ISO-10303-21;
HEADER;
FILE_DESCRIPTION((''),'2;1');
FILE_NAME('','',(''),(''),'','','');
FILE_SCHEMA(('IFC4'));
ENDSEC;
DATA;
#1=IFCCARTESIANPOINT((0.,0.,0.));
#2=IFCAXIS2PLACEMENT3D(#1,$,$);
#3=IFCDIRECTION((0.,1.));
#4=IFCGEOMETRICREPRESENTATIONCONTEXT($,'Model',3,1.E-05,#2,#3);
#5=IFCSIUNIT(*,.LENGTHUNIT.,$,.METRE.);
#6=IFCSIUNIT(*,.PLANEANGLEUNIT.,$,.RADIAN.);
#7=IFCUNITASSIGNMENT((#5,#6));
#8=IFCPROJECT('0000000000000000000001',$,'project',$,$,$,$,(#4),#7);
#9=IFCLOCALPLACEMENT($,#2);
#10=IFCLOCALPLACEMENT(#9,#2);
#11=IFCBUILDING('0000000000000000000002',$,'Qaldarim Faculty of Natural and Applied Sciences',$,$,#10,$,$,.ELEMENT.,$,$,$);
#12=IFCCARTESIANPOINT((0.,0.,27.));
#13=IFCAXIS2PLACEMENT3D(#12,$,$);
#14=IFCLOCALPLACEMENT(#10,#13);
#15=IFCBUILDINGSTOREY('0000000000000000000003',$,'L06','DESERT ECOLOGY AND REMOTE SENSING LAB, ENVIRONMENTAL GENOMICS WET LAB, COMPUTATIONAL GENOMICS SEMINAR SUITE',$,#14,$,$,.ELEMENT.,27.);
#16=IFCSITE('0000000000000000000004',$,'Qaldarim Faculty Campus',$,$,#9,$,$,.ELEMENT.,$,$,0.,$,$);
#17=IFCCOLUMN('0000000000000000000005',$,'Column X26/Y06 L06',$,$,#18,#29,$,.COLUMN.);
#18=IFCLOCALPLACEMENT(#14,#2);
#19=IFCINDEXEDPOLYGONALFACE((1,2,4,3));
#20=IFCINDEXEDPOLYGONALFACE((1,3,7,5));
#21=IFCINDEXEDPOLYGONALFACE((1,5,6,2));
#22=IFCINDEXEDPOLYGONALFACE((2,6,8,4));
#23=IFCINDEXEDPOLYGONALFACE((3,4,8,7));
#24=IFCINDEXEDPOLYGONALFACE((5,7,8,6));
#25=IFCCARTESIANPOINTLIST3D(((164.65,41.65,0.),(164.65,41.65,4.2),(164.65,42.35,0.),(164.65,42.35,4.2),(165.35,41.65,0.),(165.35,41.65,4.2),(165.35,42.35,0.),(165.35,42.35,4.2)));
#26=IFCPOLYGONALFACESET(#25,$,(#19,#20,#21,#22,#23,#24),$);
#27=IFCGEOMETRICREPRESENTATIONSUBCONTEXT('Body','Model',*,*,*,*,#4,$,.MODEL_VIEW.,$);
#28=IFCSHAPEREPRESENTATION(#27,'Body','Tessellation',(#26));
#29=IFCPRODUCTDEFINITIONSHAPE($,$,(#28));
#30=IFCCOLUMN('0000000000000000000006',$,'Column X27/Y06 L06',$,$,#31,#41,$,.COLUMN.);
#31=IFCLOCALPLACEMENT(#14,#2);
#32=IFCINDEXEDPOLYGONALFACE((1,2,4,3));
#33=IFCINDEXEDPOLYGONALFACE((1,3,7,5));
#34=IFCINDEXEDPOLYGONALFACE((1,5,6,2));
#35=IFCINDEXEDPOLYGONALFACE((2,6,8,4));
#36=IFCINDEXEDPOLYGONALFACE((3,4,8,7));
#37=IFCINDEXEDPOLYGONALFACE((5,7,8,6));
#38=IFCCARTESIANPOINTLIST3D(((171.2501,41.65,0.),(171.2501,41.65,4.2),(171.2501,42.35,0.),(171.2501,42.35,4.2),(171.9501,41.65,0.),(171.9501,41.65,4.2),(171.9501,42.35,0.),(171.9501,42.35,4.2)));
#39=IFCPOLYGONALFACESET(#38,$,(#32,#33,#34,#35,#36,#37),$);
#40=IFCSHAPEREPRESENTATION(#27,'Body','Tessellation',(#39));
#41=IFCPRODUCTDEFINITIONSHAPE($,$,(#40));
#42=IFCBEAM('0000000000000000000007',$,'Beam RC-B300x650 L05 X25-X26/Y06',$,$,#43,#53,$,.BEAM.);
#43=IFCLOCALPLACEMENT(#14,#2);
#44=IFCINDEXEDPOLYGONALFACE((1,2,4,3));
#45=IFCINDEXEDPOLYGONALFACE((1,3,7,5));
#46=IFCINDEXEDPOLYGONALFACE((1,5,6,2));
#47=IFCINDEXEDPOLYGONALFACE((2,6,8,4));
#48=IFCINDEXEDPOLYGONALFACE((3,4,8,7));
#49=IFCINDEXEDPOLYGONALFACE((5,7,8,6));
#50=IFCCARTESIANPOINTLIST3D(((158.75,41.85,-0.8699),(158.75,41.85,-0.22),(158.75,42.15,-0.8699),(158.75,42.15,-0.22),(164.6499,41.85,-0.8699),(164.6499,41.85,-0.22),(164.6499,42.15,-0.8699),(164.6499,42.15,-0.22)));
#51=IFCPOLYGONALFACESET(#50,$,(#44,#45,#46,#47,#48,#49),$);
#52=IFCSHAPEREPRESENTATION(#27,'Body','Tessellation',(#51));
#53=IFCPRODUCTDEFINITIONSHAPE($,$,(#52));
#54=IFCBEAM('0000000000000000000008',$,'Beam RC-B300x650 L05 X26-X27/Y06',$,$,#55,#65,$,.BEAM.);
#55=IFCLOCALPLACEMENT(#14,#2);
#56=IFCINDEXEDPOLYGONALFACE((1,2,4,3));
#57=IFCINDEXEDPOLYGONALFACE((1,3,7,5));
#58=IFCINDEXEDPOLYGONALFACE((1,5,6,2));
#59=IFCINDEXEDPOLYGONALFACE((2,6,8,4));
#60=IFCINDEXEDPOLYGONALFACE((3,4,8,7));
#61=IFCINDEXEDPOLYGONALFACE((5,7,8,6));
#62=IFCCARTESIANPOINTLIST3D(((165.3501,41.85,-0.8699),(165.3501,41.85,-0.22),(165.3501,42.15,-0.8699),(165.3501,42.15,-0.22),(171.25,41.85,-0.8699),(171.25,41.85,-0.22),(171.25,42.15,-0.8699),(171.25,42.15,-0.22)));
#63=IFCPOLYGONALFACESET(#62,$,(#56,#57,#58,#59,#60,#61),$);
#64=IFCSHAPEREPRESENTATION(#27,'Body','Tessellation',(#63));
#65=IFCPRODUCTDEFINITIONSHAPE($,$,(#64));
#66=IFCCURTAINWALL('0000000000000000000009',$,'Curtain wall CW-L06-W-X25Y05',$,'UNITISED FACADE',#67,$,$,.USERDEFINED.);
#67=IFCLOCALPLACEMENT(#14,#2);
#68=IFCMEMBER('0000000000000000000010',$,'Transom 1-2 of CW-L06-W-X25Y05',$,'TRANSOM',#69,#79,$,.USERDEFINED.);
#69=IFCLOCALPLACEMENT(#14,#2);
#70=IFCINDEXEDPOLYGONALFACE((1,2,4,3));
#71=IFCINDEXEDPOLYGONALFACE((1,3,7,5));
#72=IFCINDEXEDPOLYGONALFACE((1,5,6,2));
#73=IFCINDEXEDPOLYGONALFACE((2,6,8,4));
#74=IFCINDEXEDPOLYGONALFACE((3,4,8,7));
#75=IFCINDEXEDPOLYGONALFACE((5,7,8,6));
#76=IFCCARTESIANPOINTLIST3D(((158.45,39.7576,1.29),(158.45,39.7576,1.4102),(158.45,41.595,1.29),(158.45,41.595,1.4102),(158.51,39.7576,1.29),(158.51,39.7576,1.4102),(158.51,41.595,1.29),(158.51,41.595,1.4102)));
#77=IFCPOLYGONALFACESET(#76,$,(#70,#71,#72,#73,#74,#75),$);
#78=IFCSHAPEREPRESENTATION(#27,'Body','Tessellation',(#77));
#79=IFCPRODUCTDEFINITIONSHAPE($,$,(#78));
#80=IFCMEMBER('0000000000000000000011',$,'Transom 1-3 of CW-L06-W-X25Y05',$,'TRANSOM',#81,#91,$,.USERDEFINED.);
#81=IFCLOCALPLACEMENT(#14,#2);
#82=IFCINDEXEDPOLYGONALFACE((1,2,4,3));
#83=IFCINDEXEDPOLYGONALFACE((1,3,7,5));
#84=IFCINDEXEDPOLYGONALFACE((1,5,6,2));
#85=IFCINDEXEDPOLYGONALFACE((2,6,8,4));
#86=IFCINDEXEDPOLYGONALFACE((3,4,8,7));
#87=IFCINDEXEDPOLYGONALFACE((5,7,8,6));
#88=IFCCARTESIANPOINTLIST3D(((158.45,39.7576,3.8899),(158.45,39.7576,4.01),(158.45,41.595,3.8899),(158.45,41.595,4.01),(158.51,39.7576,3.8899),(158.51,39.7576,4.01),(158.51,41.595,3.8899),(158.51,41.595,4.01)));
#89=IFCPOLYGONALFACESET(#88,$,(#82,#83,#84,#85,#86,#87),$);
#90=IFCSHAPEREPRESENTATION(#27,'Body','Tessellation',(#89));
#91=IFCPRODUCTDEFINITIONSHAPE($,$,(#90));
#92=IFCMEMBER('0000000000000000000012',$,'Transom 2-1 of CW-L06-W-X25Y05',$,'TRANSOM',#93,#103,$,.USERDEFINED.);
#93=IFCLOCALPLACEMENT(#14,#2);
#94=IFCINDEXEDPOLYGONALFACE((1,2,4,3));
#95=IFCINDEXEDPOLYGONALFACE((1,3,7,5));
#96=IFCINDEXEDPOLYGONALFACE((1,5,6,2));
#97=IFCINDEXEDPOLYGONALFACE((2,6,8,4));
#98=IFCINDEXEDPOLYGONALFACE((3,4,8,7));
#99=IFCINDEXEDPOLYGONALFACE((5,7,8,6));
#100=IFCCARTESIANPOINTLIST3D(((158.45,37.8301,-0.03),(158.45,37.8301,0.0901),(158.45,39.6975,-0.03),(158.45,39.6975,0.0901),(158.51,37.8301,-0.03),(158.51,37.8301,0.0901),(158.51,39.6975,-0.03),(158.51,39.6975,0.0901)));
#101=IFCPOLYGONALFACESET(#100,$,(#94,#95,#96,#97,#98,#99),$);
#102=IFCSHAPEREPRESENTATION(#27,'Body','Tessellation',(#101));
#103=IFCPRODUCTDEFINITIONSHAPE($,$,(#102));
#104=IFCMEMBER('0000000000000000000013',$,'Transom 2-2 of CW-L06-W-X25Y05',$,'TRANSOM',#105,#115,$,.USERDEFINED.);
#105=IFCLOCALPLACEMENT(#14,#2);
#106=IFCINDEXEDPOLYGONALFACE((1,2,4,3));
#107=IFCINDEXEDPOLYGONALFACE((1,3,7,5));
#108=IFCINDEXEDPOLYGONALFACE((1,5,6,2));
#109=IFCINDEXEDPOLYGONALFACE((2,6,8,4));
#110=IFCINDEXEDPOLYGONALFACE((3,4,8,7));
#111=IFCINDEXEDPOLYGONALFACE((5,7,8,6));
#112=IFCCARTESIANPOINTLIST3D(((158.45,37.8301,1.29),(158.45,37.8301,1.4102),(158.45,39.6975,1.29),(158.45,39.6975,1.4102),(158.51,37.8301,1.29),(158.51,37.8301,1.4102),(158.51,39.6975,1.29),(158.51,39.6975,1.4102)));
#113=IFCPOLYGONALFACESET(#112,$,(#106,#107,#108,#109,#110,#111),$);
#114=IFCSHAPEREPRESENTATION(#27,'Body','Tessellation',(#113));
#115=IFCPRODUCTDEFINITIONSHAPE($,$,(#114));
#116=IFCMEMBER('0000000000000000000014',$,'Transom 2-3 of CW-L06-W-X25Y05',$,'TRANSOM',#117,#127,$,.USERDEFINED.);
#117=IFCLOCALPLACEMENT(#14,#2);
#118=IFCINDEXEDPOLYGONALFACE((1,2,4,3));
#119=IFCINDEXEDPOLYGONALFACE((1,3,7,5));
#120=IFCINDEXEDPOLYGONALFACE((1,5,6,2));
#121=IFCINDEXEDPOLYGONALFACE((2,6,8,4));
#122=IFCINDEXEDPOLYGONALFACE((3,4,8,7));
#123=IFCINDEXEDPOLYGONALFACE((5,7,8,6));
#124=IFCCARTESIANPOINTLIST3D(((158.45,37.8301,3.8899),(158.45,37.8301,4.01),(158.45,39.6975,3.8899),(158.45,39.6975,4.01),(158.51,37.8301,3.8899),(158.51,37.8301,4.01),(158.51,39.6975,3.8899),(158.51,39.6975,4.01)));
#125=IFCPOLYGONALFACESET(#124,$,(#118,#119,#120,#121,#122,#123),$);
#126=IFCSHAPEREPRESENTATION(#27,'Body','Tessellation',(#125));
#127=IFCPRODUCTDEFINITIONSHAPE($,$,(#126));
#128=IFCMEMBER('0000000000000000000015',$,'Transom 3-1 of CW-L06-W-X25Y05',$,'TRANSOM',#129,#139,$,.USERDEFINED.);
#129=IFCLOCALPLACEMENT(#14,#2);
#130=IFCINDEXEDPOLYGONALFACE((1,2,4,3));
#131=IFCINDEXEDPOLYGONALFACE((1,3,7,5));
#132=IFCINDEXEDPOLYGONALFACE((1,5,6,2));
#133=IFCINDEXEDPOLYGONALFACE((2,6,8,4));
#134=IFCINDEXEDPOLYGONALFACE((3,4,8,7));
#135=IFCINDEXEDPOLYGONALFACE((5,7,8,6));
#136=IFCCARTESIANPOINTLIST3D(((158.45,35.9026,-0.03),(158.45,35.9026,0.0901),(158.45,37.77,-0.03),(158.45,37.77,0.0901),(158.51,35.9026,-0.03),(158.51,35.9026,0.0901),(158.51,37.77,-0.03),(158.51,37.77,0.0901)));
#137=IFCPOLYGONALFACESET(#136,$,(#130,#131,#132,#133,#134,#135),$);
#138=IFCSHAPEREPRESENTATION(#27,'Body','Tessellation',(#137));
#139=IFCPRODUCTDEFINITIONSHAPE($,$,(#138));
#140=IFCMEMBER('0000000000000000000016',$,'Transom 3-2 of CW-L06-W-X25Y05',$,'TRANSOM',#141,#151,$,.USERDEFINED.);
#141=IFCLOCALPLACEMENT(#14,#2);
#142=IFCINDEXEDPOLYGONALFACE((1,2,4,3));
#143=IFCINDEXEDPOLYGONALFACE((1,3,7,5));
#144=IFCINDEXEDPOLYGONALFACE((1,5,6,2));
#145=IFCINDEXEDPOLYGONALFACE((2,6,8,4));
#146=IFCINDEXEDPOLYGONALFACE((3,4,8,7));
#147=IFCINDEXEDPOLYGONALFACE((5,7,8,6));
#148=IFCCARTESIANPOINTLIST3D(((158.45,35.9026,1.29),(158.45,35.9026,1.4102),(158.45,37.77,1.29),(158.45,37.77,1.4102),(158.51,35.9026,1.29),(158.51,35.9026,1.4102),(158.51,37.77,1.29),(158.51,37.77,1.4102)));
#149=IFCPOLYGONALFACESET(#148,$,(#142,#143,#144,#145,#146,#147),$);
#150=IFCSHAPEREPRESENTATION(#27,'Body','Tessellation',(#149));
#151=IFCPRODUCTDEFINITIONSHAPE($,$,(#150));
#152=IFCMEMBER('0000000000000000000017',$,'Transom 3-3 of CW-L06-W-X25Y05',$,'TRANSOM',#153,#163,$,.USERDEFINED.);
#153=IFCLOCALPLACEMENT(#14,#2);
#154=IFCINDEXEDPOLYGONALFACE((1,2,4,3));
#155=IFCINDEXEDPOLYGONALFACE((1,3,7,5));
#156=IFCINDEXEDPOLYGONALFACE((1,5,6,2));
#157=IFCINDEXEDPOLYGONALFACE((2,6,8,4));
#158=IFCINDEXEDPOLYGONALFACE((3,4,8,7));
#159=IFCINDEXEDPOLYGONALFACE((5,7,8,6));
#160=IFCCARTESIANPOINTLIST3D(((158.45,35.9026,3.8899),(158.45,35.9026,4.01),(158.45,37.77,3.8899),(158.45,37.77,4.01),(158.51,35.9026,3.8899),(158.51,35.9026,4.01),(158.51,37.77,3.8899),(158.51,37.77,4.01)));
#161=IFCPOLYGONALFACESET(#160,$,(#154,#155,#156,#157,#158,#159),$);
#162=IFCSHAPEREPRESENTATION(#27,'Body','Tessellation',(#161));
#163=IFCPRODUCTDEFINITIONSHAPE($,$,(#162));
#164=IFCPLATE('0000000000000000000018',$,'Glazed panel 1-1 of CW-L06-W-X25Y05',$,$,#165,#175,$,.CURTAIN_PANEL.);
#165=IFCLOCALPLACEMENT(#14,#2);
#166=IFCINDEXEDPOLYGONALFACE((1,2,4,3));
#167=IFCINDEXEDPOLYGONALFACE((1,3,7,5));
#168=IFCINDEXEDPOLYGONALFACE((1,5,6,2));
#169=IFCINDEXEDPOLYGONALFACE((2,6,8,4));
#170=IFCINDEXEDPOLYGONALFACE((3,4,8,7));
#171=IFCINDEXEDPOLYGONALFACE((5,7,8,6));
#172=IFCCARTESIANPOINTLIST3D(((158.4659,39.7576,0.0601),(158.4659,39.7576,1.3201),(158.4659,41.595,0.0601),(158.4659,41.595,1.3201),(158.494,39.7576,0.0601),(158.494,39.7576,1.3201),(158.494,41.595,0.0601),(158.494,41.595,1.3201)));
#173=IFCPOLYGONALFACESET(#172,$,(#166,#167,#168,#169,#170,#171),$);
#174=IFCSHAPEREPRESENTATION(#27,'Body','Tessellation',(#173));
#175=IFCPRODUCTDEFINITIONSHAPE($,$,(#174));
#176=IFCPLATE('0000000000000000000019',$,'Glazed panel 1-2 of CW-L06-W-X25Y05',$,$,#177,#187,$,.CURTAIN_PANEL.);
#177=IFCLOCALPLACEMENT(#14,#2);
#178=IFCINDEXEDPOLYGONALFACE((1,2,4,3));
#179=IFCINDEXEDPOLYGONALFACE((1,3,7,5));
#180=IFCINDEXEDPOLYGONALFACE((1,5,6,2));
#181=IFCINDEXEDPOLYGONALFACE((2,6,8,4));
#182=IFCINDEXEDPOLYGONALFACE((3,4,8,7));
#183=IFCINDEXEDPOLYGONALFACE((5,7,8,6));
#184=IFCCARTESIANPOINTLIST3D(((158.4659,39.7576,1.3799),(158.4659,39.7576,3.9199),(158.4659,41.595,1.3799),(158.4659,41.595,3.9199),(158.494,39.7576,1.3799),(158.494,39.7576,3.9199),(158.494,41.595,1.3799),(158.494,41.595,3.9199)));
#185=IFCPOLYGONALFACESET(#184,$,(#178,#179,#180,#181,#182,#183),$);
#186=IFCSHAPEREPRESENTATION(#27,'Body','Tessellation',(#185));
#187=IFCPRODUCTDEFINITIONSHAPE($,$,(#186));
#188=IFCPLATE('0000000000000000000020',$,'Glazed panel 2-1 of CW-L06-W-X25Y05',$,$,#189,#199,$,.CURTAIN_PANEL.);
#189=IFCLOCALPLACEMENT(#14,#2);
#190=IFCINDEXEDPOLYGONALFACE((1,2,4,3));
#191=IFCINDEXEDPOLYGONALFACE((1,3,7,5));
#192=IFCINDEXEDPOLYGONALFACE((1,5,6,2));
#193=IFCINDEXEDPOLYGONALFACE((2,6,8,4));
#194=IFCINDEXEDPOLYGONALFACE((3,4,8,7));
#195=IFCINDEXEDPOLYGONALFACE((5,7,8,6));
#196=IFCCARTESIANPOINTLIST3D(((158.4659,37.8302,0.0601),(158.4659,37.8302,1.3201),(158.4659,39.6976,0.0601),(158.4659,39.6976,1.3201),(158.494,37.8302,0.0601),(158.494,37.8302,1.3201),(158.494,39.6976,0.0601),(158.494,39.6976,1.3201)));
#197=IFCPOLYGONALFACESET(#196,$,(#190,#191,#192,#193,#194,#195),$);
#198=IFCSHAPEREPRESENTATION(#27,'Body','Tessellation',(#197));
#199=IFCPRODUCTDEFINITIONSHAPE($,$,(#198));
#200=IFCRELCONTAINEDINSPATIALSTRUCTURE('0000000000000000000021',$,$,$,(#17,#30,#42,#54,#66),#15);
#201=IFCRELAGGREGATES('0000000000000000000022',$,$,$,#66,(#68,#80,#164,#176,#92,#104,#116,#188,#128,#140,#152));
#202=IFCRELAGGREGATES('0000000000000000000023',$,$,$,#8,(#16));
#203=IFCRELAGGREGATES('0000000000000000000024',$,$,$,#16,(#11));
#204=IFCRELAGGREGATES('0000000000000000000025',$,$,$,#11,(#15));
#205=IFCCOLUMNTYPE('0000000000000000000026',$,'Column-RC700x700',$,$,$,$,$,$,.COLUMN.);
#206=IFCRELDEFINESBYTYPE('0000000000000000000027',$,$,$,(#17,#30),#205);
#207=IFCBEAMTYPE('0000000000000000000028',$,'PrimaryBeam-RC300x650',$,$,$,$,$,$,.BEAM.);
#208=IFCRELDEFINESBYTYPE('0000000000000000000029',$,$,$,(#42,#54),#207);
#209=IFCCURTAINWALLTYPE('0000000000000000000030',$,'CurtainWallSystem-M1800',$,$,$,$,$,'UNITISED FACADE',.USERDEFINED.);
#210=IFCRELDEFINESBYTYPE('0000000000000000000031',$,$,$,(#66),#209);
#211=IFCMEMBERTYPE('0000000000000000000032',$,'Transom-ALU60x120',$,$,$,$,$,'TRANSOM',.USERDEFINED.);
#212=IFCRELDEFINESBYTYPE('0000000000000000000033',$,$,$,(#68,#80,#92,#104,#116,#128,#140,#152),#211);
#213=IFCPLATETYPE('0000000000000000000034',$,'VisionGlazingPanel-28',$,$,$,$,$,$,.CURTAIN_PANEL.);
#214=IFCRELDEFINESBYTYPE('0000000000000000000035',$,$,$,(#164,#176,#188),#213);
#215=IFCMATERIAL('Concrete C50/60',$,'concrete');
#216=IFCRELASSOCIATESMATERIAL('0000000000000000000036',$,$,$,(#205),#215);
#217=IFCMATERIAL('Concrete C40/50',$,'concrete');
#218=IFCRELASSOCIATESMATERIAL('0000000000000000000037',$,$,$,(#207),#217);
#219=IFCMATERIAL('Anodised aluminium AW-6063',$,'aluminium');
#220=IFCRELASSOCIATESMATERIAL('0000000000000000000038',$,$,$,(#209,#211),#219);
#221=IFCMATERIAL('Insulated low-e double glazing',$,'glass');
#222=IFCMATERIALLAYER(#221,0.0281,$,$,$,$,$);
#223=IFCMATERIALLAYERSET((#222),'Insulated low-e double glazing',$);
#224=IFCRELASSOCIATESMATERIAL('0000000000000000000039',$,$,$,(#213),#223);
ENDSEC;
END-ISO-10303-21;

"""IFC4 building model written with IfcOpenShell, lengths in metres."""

from ifc_helpers import new_model, si_unit, direction, frame, origin, origin_2d, place, context, subcontext, project, spatial, rectangle, extrude, material, layer, layer_set, material_profile, profile_set, type_object, element, aggregate, save


model = new_model("IFC4")

# Units and contexts
model_context = context("Model", 3, precision=1e-05, world=origin(), true_north=direction((0.0, 1.0)))
body_context = subcontext(model_context, "Body", "Model", "MODEL_VIEW")
ifc_project = project(units=[si_unit("LENGTHUNIT", "METRE"), si_unit("PLANEANGLEUNIT", "RADIAN")], contexts=[model_context])

# Site, building, storey
site_placement = place(None, origin())
site = spatial("IfcSite", under=ifc_project, at=site_placement, Name="Qaldarim Faculty Campus", CompositionType="ELEMENT", RefElevation=0.0)
building_placement = place(site_placement, origin())
building = spatial("IfcBuilding", under=site, at=building_placement, Name="Qaldarim Faculty of Natural and Applied Sciences", CompositionType="ELEMENT")
storey_placement = place(building_placement, frame((0.0, 0.0, 27.0)))
storey = spatial("IfcBuildingStorey", under=building, at=storey_placement, Name="L06", Description="DESERT ECOLOGY AND REMOTE SENSING LAB, ENVIRONMENTAL GENOMICS WET LAB, COMPUTATIONAL GENOMICS SEMINAR SUITE", CompositionType="ELEMENT", Elevation=27.0)

# Columns
ifc_material_1 = material(Name="Concrete C50/60", Category="concrete")
ifc_material_profile_1 = material_profile(ifc_material_1, rectangle(XDim=0.7, YDim=0.7, at=origin_2d()), Name="RC-C700x700")
ifc_profile_set_1 = profile_set([ifc_material_profile_1], Name="Concrete C50/60")
column_type = type_object("IfcColumnType", Name="Column-RC700x700", PredefinedType="COLUMN", material=ifc_profile_set_1)
for number, where, z_axis, x_axis, name in (
    (1, (165.0, 42.0, 0.0), (0.0, 0.0, 1.0), (1.0, 0.0, 0.0), "Column X26/Y06 L06"),
    (2, (171.6001, 42.0, 0.0), (0.0, 0.0, 1.0), (1.0, 0.0, 0.0), "Column X27/Y06 L06"),
):
    element("IfcColumn", number, at=place(storey_placement, frame(where, z_axis=z_axis, x_axis=x_axis)), inside=storey, type_object=column_type, Name=name, PredefinedType="COLUMN", context=body_context, shape_type="SweptSolid", body=[
        extrude(rectangle(XDim=0.7, YDim=0.7, at=origin_2d()), origin(), (0.0, 0.0, 1.0), 4.2),
    ])

# Beams
ifc_material_2 = material(Name="Concrete C40/50", Category="concrete")
ifc_material_profile_2 = material_profile(ifc_material_2, rectangle(XDim=0.3, YDim=0.6499, at=origin_2d()), Name="RC-B300x650")
ifc_profile_set_2 = profile_set([ifc_material_profile_2], Name="Concrete C40/50")
beam_type = type_object("IfcBeamType", Name="PrimaryBeam-RC300x650", PredefinedType="BEAM", material=ifc_profile_set_2)
for number, where, z_axis, x_axis, name in (
    (3, (158.75, 42.0, -0.5449), (1.0, 0.0, 0.0), (0.0, 1.0, 0.0), "Beam RC-B300x650 L05 X25-X26/Y06"),
    (4, (165.3501, 42.0, -0.5449), (1.0, 0.0, 0.0), (0.0, 1.0, 0.0), "Beam RC-B300x650 L05 X26-X27/Y06"),
):
    element("IfcBeam", number, at=place(storey_placement, frame(where, z_axis=z_axis, x_axis=x_axis)), inside=storey, type_object=beam_type, Name=name, PredefinedType="BEAM", context=body_context, shape_type="SweptSolid", body=[
        extrude(rectangle(XDim=0.3, YDim=0.6499, at=origin_2d()), origin(), (0.0, 0.0, 1.0), 5.8999),
    ])

# Curtain wall, members, plates
ifc_material_3 = material(Name="Anodised aluminium AW-6063", Category="aluminium")
curtain_wall_type = type_object("IfcCurtainWallType", Name="CurtainWallSystem-M1800", ElementType="UNITISED FACADE", PredefinedType="USERDEFINED", material=ifc_material_3)
curtain_wall_placement = place(storey_placement, origin())
curtain_wall = element("IfcCurtainWall", 5, at=curtain_wall_placement, inside=storey, type_object=curtain_wall_type, Name="Curtain wall CW-L06-W-X25Y05", ObjectType="UNITISED FACADE", PredefinedType="USERDEFINED")
ifc_material_profile_3 = material_profile(ifc_material_3, rectangle(XDim=0.0601, YDim=0.1201, at=origin_2d()), Name="ALU-T60x120")
ifc_profile_set_3 = profile_set([ifc_material_profile_3], Name="Anodised aluminium AW-6063")
member_type = type_object("IfcMemberType", Name="Transom-ALU60x120", ElementType="TRANSOM", PredefinedType="USERDEFINED", material=ifc_profile_set_3)
member_1_placement = place(storey_placement, frame((158.48, 41.595, 1.3501), z_axis=(0.0, -1.0, 0.0), x_axis=(1.0, 0.0, 0.0)))
member_1 = element("IfcMember", 6, at=member_1_placement, type_object=member_type, Name="Transom 1-2 of CW-L06-W-X25Y05", ObjectType="TRANSOM", PredefinedType="USERDEFINED", context=body_context, shape_type="SweptSolid", body=[
    extrude(rectangle(XDim=0.0601, YDim=0.1201, at=origin_2d()), origin(), (0.0, 0.0, 1.0), 1.8374),
])
member_2_placement = place(storey_placement, frame((158.48, 41.595, 3.95), z_axis=(0.0, -1.0, 0.0), x_axis=(1.0, 0.0, 0.0)))
member_2 = element("IfcMember", 7, at=member_2_placement, type_object=member_type, Name="Transom 1-3 of CW-L06-W-X25Y05", ObjectType="TRANSOM", PredefinedType="USERDEFINED", context=body_context, shape_type="SweptSolid", body=[
    extrude(rectangle(XDim=0.0601, YDim=0.1201, at=origin_2d()), origin(), (0.0, 0.0, 1.0), 1.8374),
])
member_3_placement = place(storey_placement, frame((158.48, 39.6975, 0.03), z_axis=(0.0, -1.0, 0.0), x_axis=(1.0, 0.0, 0.0)))
member_3 = element("IfcMember", 8, at=member_3_placement, type_object=member_type, Name="Transom 2-1 of CW-L06-W-X25Y05", ObjectType="TRANSOM", PredefinedType="USERDEFINED", context=body_context, shape_type="SweptSolid", body=[
    extrude(rectangle(XDim=0.0601, YDim=0.1201, at=origin_2d()), origin(), (0.0, 0.0, 1.0), 1.8674),
])
member_4_placement = place(storey_placement, frame((158.48, 39.6975, 1.3501), z_axis=(0.0, -1.0, 0.0), x_axis=(1.0, 0.0, 0.0)))
member_4 = element("IfcMember", 9, at=member_4_placement, type_object=member_type, Name="Transom 2-2 of CW-L06-W-X25Y05", ObjectType="TRANSOM", PredefinedType="USERDEFINED", context=body_context, shape_type="SweptSolid", body=[
    extrude(rectangle(XDim=0.0601, YDim=0.1201, at=origin_2d()), origin(), (0.0, 0.0, 1.0), 1.8674),
])
member_5_placement = place(storey_placement, frame((158.48, 39.6975, 3.95), z_axis=(0.0, -1.0, 0.0), x_axis=(1.0, 0.0, 0.0)))
member_5 = element("IfcMember", 10, at=member_5_placement, type_object=member_type, Name="Transom 2-3 of CW-L06-W-X25Y05", ObjectType="TRANSOM", PredefinedType="USERDEFINED", context=body_context, shape_type="SweptSolid", body=[
    extrude(rectangle(XDim=0.0601, YDim=0.1201, at=origin_2d()), origin(), (0.0, 0.0, 1.0), 1.8674),
])
member_6_placement = place(storey_placement, frame((158.48, 37.77, 0.03), z_axis=(0.0, -1.0, 0.0), x_axis=(1.0, 0.0, 0.0)))
member_6 = element("IfcMember", 11, at=member_6_placement, type_object=member_type, Name="Transom 3-1 of CW-L06-W-X25Y05", ObjectType="TRANSOM", PredefinedType="USERDEFINED", context=body_context, shape_type="SweptSolid", body=[
    extrude(rectangle(XDim=0.0601, YDim=0.1201, at=origin_2d()), origin(), (0.0, 0.0, 1.0), 1.8674),
])
member_7_placement = place(storey_placement, frame((158.48, 37.77, 1.3501), z_axis=(0.0, -1.0, 0.0), x_axis=(1.0, 0.0, 0.0)))
member_7 = element("IfcMember", 12, at=member_7_placement, type_object=member_type, Name="Transom 3-2 of CW-L06-W-X25Y05", ObjectType="TRANSOM", PredefinedType="USERDEFINED", context=body_context, shape_type="SweptSolid", body=[
    extrude(rectangle(XDim=0.0601, YDim=0.1201, at=origin_2d()), origin(), (0.0, 0.0, 1.0), 1.8674),
])
member_8_placement = place(storey_placement, frame((158.48, 37.77, 3.95), z_axis=(0.0, -1.0, 0.0), x_axis=(1.0, 0.0, 0.0)))
member_8 = element("IfcMember", 13, at=member_8_placement, type_object=member_type, Name="Transom 3-3 of CW-L06-W-X25Y05", ObjectType="TRANSOM", PredefinedType="USERDEFINED", context=body_context, shape_type="SweptSolid", body=[
    extrude(rectangle(XDim=0.0601, YDim=0.1201, at=origin_2d()), origin(), (0.0, 0.0, 1.0), 1.8674),
])
ifc_material_4 = material(Name="Insulated low-e double glazing", Category="glass")
ifc_layer_1 = layer(ifc_material_4, 0.0281)
ifc_layer_set_1 = layer_set([ifc_layer_1], Name="Insulated low-e double glazing")
plate_type = type_object("IfcPlateType", Name="VisionGlazingPanel-28", PredefinedType="CURTAIN_PANEL", material=ifc_layer_set_1)
plate_1_placement = place(storey_placement, frame((158.48, 40.6763, 0.0601), z_axis=(0.0, 0.0, 1.0), x_axis=(0.0, -1.0, 0.0)))
plate_1 = element("IfcPlate", 14, at=plate_1_placement, type_object=plate_type, Name="Glazed panel 1-1 of CW-L06-W-X25Y05", PredefinedType="CURTAIN_PANEL", context=body_context, shape_type="SweptSolid", body=[
    extrude(rectangle(XDim=1.8374, YDim=0.0281, at=origin_2d()), origin(), (0.0, 0.0, 1.0), 1.26),
])
plate_2_placement = place(storey_placement, frame((158.48, 40.6763, 1.3799), z_axis=(0.0, 0.0, 1.0), x_axis=(0.0, -1.0, 0.0)))
plate_2 = element("IfcPlate", 15, at=plate_2_placement, type_object=plate_type, Name="Glazed panel 1-2 of CW-L06-W-X25Y05", PredefinedType="CURTAIN_PANEL", context=body_context, shape_type="SweptSolid", body=[
    extrude(rectangle(XDim=1.8374, YDim=0.0281, at=origin_2d()), origin(), (0.0, 0.0, 1.0), 2.54),
])
plate_3_placement = place(storey_placement, frame((158.48, 38.7639, 0.0601), z_axis=(0.0, 0.0, 1.0), x_axis=(0.0, -1.0, 0.0)))
plate_3 = element("IfcPlate", 16, at=plate_3_placement, type_object=plate_type, Name="Glazed panel 2-1 of CW-L06-W-X25Y05", PredefinedType="CURTAIN_PANEL", context=body_context, shape_type="SweptSolid", body=[
    extrude(rectangle(XDim=1.8674, YDim=0.0281, at=origin_2d()), origin(), (0.0, 0.0, 1.0), 1.26),
])
aggregate(curtain_wall, [member_1, member_2, plate_1, plate_2, member_3, member_4, member_5, plate_3, member_6, member_7, member_8])

save(model, "model.ifc")
